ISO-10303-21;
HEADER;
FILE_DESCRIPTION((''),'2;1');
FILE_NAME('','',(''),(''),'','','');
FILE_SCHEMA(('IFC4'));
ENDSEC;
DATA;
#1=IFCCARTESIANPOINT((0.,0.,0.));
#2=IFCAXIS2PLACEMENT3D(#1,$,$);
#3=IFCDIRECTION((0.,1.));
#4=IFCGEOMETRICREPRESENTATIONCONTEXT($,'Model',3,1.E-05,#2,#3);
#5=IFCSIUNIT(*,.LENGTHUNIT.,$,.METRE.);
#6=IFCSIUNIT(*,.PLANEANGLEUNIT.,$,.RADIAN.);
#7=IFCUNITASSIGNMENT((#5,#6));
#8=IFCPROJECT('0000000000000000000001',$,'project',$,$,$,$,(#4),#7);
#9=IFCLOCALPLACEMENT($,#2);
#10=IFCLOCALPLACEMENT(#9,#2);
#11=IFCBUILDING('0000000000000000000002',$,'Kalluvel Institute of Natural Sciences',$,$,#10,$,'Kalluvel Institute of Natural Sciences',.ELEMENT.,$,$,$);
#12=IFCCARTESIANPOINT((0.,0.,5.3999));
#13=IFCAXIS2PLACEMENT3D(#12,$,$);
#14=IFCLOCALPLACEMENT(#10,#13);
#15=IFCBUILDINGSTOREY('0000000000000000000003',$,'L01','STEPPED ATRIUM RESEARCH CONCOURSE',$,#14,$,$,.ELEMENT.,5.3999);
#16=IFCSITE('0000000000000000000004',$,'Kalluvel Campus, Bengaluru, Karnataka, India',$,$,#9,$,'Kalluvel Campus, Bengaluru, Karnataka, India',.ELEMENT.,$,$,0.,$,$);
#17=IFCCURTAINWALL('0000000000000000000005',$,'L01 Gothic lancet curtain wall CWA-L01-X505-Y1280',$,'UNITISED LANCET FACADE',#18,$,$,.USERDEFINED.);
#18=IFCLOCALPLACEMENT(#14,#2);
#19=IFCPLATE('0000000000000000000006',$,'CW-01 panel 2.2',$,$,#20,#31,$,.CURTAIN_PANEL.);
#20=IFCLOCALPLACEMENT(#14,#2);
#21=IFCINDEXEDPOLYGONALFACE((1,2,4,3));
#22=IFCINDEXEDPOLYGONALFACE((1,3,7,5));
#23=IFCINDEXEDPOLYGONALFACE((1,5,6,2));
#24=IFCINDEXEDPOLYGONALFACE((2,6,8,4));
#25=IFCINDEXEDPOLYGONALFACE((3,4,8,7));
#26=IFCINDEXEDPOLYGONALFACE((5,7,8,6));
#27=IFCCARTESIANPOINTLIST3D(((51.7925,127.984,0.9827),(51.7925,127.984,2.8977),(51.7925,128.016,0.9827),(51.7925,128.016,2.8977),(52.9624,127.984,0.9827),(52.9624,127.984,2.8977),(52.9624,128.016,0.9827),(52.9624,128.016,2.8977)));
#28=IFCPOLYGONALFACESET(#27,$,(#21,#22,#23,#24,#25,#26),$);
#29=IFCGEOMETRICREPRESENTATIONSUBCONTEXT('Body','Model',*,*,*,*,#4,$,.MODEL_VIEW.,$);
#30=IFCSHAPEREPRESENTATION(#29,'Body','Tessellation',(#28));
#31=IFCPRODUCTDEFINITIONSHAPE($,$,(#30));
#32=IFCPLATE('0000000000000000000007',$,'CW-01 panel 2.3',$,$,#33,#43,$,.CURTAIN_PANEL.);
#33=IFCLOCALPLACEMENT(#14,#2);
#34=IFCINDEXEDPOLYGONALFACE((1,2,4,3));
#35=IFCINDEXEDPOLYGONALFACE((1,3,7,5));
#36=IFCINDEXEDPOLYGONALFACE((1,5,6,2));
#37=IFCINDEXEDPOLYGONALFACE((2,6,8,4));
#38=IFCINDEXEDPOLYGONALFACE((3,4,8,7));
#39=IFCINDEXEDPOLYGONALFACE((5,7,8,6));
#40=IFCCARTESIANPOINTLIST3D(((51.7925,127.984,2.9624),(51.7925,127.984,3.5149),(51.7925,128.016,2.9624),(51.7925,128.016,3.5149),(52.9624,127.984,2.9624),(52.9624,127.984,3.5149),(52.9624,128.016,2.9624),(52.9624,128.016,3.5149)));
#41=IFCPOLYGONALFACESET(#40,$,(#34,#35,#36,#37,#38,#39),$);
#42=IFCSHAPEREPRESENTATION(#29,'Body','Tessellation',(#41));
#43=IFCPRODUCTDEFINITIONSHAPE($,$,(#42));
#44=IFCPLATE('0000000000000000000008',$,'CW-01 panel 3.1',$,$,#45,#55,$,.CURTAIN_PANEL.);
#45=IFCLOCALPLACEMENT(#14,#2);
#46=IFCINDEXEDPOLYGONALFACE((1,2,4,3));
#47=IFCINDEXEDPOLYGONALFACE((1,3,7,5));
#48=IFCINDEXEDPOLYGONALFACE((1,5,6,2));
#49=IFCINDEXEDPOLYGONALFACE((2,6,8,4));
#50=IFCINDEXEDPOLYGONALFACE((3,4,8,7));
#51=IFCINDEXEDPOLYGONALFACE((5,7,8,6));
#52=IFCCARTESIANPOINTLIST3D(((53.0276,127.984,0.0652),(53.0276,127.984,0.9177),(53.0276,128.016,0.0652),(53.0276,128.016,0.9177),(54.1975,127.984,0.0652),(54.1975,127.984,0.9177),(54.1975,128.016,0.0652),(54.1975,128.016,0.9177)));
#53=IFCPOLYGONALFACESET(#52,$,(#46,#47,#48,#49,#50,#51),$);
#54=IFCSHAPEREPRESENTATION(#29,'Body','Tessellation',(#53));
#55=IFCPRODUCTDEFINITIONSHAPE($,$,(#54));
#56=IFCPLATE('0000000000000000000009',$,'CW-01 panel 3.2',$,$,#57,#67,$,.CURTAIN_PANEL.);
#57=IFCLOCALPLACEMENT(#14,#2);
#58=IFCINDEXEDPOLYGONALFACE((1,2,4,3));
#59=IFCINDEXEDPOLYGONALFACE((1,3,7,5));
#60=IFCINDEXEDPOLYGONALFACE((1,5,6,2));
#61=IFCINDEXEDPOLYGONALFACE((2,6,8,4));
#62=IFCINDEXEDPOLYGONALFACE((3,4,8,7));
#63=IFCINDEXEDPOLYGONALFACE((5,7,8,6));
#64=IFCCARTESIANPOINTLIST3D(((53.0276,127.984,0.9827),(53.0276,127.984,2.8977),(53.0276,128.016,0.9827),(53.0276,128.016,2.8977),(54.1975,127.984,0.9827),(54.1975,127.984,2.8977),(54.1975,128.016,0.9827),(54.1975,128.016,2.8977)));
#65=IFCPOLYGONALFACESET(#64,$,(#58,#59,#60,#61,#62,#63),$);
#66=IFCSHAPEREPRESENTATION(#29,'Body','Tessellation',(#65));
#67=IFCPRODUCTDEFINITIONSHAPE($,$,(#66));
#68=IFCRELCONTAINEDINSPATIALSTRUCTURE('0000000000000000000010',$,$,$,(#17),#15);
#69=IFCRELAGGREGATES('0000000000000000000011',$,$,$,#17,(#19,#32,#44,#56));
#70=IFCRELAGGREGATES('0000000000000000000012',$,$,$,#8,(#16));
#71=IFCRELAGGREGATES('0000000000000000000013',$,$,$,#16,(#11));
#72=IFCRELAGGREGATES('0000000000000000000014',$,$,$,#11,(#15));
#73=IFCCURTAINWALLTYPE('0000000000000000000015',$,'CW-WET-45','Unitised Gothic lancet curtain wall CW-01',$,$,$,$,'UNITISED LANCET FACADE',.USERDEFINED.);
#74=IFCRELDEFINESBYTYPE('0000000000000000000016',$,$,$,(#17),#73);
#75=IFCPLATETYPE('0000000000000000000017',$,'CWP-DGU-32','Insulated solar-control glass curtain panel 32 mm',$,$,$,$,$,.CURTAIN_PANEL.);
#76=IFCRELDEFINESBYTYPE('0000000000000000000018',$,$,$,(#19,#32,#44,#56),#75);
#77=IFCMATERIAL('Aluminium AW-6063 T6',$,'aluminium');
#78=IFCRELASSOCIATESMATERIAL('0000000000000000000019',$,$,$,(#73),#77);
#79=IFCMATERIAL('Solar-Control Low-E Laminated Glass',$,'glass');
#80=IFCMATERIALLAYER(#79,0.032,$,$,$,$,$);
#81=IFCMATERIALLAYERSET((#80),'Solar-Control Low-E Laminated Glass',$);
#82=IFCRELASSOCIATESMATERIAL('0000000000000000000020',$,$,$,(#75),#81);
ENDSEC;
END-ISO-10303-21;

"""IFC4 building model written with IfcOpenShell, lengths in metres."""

from ifc_helpers import new_model, si_unit, direction, frame, origin, origin_2d, place, context, subcontext, project, spatial, rectangle, extrude, material, layer, layer_set, type_object, element, aggregate, save


model = new_model("IFC4")

# Units and contexts
model_context = context("Model", 3, precision=1e-05, world=origin(), true_north=direction((0.0, 1.0)))
body_context = subcontext(model_context, "Body", "Model", "MODEL_VIEW")
ifc_project = project(units=[si_unit("LENGTHUNIT", "METRE"), si_unit("PLANEANGLEUNIT", "RADIAN")], contexts=[model_context])

# Site, building, storey
site_placement = place(None, origin())
site = spatial("IfcSite", under=ifc_project, at=site_placement, Name="Kalluvel Campus, Bengaluru, Karnataka, India", LongName="Kalluvel Campus, Bengaluru, Karnataka, India", CompositionType="ELEMENT", RefElevation=0.0)
building_placement = place(site_placement, origin())
building = spatial("IfcBuilding", under=site, at=building_placement, Name="Kalluvel Institute of Natural Sciences", LongName="Kalluvel Institute of Natural Sciences", CompositionType="ELEMENT")
storey_placement = place(building_placement, frame((0.0, 0.0, 5.3999)))
storey = spatial("IfcBuildingStorey", under=building, at=storey_placement, Name="L01", Description="STEPPED ATRIUM RESEARCH CONCOURSE", CompositionType="ELEMENT", Elevation=5.3999)

# Shared definitions
ifc_material_1 = material(Name="Aluminium AW-6063 T6", Category="aluminium")
curtain_wall_type = type_object("IfcCurtainWallType", Name="CW-WET-45", Description="Unitised Gothic lancet curtain wall CW-01", ElementType="UNITISED LANCET FACADE", PredefinedType="USERDEFINED", material=ifc_material_1)

# Curtain wall
curtain_wall_1_placement = place(storey_placement, origin())
curtain_wall_1 = element("IfcCurtainWall", 1, at=curtain_wall_1_placement, inside=storey, type_object=curtain_wall_type, Name="L01 Gothic lancet curtain wall CWA-L01-X505-Y1280", ObjectType="UNITISED LANCET FACADE", PredefinedType="USERDEFINED")

# Plates
ifc_material_2 = material(Name="Solar-Control Low-E Laminated Glass", Category="glass")
ifc_layer = layer(ifc_material_2, 0.032)
ifc_layer_set = layer_set([ifc_layer], Name="Solar-Control Low-E Laminated Glass")
plate_type = type_object("IfcPlateType", Name="CWP-DGU-32", Description="Insulated solar-control glass curtain panel 32 mm", PredefinedType="CURTAIN_PANEL", material=ifc_layer_set)
plate_1_placement = place(storey_placement, frame((52.3774, 128.0, 0.9827), z_axis=(0.0, 0.0, 1.0), x_axis=(1.0, 0.0, 0.0)))
plate_1 = element("IfcPlate", 2, at=plate_1_placement, type_object=plate_type, Name="CW-01 panel 2.2", PredefinedType="CURTAIN_PANEL", context=body_context, shape_type="SweptSolid", body=[
    extrude(rectangle(XDim=1.1699, YDim=0.032, at=origin_2d()), origin(), (0.0, 0.0, 1.0), 1.915),
])
plate_2_placement = place(storey_placement, frame((52.3774, 128.0, 2.9624), z_axis=(0.0, 0.0, 1.0), x_axis=(1.0, 0.0, 0.0)))
plate_2 = element("IfcPlate", 3, at=plate_2_placement, type_object=plate_type, Name="CW-01 panel 2.3", PredefinedType="CURTAIN_PANEL", context=body_context, shape_type="SweptSolid", body=[
    extrude(rectangle(XDim=1.1699, YDim=0.032, at=origin_2d()), origin(), (0.0, 0.0, 1.0), 0.5525),
])
plate_3_placement = place(storey_placement, frame((53.6125, 128.0, 0.0652), z_axis=(0.0, 0.0, 1.0), x_axis=(1.0, 0.0, 0.0)))
plate_3 = element("IfcPlate", 4, at=plate_3_placement, type_object=plate_type, Name="CW-01 panel 3.1", PredefinedType="CURTAIN_PANEL", context=body_context, shape_type="SweptSolid", body=[
    extrude(rectangle(XDim=1.1699, YDim=0.032, at=origin_2d()), origin(), (0.0, 0.0, 1.0), 0.8525),
])
plate_4_placement = place(storey_placement, frame((53.6125, 128.0, 0.9827), z_axis=(0.0, 0.0, 1.0), x_axis=(1.0, 0.0, 0.0)))
plate_4 = element("IfcPlate", 5, at=plate_4_placement, type_object=plate_type, Name="CW-01 panel 3.2", PredefinedType="CURTAIN_PANEL", context=body_context, shape_type="SweptSolid", body=[
    extrude(rectangle(XDim=1.1699, YDim=0.032, at=origin_2d()), origin(), (0.0, 0.0, 1.0), 1.915),
])
aggregate(curtain_wall_1, [plate_1, plate_2, plate_3, plate_4])

save(model, "model.ifc")
